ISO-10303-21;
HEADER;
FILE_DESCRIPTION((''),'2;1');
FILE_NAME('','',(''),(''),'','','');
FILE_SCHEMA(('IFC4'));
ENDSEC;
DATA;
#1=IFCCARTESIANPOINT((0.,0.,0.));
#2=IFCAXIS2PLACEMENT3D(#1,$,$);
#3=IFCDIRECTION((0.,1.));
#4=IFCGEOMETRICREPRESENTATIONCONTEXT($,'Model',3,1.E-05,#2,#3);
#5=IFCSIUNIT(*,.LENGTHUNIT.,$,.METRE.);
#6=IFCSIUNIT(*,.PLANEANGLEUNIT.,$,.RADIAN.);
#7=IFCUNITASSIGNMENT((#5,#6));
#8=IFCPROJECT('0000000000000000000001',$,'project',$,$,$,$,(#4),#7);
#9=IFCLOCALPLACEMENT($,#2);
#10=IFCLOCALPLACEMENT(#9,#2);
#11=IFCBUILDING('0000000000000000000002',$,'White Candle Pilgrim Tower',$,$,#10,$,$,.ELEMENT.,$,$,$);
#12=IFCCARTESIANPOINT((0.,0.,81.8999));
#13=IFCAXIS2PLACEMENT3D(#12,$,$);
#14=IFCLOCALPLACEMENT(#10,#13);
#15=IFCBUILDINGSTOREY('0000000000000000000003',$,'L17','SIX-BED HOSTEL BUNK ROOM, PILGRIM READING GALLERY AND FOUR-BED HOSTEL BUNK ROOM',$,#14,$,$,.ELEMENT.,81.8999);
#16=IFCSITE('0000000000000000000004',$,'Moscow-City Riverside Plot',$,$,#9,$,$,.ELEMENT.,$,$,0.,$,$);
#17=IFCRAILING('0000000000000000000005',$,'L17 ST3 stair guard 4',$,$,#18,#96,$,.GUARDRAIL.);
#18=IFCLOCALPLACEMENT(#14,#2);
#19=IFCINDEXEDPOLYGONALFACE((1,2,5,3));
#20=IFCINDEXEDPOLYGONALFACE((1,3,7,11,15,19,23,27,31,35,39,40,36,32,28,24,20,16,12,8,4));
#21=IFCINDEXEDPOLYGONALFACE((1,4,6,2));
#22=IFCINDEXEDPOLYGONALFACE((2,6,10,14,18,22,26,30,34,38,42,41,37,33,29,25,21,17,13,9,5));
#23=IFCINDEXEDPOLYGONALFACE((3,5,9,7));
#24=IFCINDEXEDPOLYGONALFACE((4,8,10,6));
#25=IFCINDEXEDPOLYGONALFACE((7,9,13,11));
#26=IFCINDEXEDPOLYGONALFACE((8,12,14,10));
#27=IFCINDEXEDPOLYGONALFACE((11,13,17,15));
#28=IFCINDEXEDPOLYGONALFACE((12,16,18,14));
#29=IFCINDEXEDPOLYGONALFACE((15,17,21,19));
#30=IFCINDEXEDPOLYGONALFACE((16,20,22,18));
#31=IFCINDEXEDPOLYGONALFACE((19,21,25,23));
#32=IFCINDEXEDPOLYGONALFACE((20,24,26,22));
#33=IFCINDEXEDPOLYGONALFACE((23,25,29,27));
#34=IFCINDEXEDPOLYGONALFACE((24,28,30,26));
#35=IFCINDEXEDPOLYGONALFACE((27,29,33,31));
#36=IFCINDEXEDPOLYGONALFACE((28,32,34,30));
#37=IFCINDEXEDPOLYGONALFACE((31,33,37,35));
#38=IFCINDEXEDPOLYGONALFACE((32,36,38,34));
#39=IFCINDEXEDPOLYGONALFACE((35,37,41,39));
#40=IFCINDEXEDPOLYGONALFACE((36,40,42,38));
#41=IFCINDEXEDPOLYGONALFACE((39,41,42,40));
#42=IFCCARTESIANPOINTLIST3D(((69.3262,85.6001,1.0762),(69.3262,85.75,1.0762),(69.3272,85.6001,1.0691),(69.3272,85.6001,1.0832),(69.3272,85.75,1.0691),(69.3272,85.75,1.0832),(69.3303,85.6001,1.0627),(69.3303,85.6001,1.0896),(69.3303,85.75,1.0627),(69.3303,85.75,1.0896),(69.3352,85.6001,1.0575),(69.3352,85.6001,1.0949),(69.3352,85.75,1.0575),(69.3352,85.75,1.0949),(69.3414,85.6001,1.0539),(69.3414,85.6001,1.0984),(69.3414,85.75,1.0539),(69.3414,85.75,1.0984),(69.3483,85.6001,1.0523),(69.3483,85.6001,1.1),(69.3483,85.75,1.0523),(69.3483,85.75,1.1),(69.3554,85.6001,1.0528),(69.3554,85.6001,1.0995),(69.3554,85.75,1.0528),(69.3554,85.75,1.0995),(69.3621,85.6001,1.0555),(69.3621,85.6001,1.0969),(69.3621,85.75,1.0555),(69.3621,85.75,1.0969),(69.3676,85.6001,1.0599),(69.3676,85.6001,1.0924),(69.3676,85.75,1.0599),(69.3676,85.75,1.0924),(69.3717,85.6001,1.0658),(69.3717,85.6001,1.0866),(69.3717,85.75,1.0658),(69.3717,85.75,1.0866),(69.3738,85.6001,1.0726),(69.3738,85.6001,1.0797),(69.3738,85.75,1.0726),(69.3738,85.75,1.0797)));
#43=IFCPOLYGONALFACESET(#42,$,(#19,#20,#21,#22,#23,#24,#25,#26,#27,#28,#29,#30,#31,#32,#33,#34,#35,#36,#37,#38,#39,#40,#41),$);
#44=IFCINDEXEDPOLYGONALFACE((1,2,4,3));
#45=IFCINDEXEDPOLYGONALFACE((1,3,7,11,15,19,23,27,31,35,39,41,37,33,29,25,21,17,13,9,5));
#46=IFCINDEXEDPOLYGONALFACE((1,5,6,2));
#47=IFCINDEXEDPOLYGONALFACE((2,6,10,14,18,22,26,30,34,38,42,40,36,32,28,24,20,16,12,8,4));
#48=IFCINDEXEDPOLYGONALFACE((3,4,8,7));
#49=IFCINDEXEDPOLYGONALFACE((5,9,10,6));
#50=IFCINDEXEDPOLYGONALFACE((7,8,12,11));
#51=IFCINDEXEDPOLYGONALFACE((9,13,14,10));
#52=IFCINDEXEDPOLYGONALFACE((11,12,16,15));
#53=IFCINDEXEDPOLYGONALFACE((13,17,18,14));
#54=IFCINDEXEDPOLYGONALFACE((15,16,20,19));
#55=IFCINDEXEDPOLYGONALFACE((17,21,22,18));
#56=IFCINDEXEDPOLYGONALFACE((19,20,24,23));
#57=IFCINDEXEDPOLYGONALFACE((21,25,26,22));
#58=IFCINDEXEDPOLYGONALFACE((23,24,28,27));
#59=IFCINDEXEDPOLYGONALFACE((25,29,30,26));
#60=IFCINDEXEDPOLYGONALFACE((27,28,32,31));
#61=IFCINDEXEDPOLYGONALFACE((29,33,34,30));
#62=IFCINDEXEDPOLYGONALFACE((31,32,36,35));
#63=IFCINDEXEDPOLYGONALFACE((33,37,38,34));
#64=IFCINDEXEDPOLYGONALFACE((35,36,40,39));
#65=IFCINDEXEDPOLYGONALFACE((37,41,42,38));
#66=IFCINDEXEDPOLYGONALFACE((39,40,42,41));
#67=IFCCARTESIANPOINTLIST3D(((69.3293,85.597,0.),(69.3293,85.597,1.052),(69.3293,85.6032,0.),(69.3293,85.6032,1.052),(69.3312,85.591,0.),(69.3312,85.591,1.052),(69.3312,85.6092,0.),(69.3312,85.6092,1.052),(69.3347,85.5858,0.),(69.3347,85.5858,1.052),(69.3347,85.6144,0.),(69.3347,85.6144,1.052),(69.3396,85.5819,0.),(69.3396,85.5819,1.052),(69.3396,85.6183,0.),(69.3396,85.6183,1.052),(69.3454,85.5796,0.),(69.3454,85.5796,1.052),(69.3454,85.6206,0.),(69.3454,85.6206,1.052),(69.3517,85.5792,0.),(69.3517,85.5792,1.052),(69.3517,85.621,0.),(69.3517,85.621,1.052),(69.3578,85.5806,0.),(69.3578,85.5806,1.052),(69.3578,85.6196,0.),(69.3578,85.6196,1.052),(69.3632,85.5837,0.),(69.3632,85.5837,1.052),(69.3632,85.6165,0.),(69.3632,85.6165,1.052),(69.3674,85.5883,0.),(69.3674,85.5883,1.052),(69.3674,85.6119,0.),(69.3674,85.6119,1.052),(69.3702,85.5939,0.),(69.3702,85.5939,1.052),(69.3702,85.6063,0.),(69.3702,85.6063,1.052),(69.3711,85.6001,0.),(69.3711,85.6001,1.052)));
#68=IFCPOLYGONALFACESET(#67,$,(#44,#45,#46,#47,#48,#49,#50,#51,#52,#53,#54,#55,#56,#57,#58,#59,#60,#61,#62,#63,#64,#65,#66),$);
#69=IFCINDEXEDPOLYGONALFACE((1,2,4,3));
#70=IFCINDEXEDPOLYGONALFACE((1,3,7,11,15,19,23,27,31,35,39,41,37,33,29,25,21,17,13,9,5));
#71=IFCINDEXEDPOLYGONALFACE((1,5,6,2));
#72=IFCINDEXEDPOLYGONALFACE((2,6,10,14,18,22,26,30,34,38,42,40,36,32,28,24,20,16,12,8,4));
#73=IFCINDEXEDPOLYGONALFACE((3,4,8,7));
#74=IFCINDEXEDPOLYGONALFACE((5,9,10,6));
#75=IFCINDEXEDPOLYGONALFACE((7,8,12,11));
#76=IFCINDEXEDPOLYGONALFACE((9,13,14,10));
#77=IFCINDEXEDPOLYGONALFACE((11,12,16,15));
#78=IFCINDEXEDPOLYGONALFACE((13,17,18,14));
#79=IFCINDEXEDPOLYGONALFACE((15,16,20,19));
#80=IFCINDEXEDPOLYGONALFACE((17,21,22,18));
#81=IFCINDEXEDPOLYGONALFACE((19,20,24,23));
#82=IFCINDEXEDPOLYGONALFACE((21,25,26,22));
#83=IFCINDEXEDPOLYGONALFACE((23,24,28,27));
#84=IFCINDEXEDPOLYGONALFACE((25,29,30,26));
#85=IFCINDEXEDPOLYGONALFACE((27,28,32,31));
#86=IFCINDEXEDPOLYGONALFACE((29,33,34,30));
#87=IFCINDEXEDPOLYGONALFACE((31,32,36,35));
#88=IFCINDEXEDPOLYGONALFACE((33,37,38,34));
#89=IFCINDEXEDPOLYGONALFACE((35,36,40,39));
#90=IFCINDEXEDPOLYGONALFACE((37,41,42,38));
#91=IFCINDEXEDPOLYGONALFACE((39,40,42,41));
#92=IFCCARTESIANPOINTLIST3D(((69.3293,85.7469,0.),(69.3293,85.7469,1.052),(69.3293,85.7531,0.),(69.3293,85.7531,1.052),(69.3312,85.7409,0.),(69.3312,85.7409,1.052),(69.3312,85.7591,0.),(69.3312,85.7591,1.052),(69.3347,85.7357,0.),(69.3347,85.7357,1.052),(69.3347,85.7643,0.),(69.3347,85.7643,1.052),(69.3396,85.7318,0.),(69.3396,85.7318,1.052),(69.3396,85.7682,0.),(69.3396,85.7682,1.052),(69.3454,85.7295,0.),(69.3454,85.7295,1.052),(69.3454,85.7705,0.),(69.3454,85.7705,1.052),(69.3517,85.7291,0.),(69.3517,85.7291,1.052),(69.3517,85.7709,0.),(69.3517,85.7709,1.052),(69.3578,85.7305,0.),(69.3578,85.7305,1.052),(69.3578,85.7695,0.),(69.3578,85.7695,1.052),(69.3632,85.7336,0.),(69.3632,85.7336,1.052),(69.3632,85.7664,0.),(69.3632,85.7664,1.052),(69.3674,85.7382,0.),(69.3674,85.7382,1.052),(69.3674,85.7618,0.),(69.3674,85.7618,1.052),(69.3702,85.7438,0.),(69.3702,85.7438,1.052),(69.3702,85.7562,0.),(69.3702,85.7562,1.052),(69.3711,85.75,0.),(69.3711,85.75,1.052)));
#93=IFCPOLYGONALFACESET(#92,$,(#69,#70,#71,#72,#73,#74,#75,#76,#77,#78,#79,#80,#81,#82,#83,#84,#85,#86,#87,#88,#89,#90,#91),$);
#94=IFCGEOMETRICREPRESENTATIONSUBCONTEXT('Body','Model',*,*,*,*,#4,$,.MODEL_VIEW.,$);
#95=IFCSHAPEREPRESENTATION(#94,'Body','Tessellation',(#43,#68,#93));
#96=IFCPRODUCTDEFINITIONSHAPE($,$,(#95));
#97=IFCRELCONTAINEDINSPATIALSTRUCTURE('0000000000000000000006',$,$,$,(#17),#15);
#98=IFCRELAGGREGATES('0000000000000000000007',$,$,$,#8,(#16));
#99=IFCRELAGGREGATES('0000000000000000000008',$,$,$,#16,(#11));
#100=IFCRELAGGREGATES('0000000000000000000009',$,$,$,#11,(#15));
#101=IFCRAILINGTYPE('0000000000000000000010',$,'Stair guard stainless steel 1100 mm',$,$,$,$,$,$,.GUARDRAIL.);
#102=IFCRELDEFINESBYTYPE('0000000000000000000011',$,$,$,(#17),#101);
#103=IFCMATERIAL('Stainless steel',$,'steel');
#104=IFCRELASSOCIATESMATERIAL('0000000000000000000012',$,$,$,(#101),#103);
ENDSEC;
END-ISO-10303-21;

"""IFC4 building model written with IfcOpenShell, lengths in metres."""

from ifc_helpers import new_model, si_unit, direction, frame, origin, origin_2d, place, context, subcontext, project, spatial, circle, extrude, material, type_object, element, save


model = new_model("IFC4")

# Units and contexts
model_context = context("Model", 3, precision=1e-05, world=origin(), true_north=direction((0.0, 1.0)))
body_context = subcontext(model_context, "Body", "Model", "MODEL_VIEW")
ifc_project = project(units=[si_unit("LENGTHUNIT", "METRE"), si_unit("PLANEANGLEUNIT", "RADIAN")], contexts=[model_context])

# Site, building, storey
site_placement = place(None, origin())
site = spatial("IfcSite", under=ifc_project, at=site_placement, Name="Moscow-City Riverside Plot", CompositionType="ELEMENT", RefElevation=0.0)
building_placement = place(site_placement, origin())
building = spatial("IfcBuilding", under=site, at=building_placement, Name="White Candle Pilgrim Tower", CompositionType="ELEMENT")
storey_placement = place(building_placement, frame((0.0, 0.0, 81.8999)))
storey = spatial("IfcBuildingStorey", under=building, at=storey_placement, Name="L17", Description="SIX-BED HOSTEL BUNK ROOM, PILGRIM READING GALLERY AND FOUR-BED HOSTEL BUNK ROOM", CompositionType="ELEMENT", Elevation=81.8999)

# Railing
ifc_material_1 = material(Name="Stainless steel", Category="steel")
railing_type_1 = type_object("IfcRailingType", Name="Stair guard stainless steel 1100 mm", PredefinedType="GUARDRAIL", material=ifc_material_1)
railing_1_placement = place(storey_placement, frame((69.3501, 85.6001, 0.0)))
element("IfcRailing", 1, at=railing_1_placement, inside=storey, type_object=railing_type_1, Name="L17 ST3 stair guard 4", PredefinedType="GUARDRAIL", context=body_context, shape_type="SweptSolid", body=[
    extrude(circle(Radius=0.0239, at=origin_2d()), frame((0.0, 0.0, 1.0762), z_axis=(0.0, 1.0, 0.0), x_axis=(-1.0, 0.0, 0.0)), (0.0, 0.0, 1.0), 0.1499),
    extrude(circle(Radius=0.021, at=origin_2d()), origin(), (0.0, 0.0, 1.0), 1.052),
    extrude(circle(Radius=0.021, at=origin_2d()), frame((0.0, 0.1499, 0.0)), (0.0, 0.0, 1.0), 1.052),
])

save(model, "model.ifc")
